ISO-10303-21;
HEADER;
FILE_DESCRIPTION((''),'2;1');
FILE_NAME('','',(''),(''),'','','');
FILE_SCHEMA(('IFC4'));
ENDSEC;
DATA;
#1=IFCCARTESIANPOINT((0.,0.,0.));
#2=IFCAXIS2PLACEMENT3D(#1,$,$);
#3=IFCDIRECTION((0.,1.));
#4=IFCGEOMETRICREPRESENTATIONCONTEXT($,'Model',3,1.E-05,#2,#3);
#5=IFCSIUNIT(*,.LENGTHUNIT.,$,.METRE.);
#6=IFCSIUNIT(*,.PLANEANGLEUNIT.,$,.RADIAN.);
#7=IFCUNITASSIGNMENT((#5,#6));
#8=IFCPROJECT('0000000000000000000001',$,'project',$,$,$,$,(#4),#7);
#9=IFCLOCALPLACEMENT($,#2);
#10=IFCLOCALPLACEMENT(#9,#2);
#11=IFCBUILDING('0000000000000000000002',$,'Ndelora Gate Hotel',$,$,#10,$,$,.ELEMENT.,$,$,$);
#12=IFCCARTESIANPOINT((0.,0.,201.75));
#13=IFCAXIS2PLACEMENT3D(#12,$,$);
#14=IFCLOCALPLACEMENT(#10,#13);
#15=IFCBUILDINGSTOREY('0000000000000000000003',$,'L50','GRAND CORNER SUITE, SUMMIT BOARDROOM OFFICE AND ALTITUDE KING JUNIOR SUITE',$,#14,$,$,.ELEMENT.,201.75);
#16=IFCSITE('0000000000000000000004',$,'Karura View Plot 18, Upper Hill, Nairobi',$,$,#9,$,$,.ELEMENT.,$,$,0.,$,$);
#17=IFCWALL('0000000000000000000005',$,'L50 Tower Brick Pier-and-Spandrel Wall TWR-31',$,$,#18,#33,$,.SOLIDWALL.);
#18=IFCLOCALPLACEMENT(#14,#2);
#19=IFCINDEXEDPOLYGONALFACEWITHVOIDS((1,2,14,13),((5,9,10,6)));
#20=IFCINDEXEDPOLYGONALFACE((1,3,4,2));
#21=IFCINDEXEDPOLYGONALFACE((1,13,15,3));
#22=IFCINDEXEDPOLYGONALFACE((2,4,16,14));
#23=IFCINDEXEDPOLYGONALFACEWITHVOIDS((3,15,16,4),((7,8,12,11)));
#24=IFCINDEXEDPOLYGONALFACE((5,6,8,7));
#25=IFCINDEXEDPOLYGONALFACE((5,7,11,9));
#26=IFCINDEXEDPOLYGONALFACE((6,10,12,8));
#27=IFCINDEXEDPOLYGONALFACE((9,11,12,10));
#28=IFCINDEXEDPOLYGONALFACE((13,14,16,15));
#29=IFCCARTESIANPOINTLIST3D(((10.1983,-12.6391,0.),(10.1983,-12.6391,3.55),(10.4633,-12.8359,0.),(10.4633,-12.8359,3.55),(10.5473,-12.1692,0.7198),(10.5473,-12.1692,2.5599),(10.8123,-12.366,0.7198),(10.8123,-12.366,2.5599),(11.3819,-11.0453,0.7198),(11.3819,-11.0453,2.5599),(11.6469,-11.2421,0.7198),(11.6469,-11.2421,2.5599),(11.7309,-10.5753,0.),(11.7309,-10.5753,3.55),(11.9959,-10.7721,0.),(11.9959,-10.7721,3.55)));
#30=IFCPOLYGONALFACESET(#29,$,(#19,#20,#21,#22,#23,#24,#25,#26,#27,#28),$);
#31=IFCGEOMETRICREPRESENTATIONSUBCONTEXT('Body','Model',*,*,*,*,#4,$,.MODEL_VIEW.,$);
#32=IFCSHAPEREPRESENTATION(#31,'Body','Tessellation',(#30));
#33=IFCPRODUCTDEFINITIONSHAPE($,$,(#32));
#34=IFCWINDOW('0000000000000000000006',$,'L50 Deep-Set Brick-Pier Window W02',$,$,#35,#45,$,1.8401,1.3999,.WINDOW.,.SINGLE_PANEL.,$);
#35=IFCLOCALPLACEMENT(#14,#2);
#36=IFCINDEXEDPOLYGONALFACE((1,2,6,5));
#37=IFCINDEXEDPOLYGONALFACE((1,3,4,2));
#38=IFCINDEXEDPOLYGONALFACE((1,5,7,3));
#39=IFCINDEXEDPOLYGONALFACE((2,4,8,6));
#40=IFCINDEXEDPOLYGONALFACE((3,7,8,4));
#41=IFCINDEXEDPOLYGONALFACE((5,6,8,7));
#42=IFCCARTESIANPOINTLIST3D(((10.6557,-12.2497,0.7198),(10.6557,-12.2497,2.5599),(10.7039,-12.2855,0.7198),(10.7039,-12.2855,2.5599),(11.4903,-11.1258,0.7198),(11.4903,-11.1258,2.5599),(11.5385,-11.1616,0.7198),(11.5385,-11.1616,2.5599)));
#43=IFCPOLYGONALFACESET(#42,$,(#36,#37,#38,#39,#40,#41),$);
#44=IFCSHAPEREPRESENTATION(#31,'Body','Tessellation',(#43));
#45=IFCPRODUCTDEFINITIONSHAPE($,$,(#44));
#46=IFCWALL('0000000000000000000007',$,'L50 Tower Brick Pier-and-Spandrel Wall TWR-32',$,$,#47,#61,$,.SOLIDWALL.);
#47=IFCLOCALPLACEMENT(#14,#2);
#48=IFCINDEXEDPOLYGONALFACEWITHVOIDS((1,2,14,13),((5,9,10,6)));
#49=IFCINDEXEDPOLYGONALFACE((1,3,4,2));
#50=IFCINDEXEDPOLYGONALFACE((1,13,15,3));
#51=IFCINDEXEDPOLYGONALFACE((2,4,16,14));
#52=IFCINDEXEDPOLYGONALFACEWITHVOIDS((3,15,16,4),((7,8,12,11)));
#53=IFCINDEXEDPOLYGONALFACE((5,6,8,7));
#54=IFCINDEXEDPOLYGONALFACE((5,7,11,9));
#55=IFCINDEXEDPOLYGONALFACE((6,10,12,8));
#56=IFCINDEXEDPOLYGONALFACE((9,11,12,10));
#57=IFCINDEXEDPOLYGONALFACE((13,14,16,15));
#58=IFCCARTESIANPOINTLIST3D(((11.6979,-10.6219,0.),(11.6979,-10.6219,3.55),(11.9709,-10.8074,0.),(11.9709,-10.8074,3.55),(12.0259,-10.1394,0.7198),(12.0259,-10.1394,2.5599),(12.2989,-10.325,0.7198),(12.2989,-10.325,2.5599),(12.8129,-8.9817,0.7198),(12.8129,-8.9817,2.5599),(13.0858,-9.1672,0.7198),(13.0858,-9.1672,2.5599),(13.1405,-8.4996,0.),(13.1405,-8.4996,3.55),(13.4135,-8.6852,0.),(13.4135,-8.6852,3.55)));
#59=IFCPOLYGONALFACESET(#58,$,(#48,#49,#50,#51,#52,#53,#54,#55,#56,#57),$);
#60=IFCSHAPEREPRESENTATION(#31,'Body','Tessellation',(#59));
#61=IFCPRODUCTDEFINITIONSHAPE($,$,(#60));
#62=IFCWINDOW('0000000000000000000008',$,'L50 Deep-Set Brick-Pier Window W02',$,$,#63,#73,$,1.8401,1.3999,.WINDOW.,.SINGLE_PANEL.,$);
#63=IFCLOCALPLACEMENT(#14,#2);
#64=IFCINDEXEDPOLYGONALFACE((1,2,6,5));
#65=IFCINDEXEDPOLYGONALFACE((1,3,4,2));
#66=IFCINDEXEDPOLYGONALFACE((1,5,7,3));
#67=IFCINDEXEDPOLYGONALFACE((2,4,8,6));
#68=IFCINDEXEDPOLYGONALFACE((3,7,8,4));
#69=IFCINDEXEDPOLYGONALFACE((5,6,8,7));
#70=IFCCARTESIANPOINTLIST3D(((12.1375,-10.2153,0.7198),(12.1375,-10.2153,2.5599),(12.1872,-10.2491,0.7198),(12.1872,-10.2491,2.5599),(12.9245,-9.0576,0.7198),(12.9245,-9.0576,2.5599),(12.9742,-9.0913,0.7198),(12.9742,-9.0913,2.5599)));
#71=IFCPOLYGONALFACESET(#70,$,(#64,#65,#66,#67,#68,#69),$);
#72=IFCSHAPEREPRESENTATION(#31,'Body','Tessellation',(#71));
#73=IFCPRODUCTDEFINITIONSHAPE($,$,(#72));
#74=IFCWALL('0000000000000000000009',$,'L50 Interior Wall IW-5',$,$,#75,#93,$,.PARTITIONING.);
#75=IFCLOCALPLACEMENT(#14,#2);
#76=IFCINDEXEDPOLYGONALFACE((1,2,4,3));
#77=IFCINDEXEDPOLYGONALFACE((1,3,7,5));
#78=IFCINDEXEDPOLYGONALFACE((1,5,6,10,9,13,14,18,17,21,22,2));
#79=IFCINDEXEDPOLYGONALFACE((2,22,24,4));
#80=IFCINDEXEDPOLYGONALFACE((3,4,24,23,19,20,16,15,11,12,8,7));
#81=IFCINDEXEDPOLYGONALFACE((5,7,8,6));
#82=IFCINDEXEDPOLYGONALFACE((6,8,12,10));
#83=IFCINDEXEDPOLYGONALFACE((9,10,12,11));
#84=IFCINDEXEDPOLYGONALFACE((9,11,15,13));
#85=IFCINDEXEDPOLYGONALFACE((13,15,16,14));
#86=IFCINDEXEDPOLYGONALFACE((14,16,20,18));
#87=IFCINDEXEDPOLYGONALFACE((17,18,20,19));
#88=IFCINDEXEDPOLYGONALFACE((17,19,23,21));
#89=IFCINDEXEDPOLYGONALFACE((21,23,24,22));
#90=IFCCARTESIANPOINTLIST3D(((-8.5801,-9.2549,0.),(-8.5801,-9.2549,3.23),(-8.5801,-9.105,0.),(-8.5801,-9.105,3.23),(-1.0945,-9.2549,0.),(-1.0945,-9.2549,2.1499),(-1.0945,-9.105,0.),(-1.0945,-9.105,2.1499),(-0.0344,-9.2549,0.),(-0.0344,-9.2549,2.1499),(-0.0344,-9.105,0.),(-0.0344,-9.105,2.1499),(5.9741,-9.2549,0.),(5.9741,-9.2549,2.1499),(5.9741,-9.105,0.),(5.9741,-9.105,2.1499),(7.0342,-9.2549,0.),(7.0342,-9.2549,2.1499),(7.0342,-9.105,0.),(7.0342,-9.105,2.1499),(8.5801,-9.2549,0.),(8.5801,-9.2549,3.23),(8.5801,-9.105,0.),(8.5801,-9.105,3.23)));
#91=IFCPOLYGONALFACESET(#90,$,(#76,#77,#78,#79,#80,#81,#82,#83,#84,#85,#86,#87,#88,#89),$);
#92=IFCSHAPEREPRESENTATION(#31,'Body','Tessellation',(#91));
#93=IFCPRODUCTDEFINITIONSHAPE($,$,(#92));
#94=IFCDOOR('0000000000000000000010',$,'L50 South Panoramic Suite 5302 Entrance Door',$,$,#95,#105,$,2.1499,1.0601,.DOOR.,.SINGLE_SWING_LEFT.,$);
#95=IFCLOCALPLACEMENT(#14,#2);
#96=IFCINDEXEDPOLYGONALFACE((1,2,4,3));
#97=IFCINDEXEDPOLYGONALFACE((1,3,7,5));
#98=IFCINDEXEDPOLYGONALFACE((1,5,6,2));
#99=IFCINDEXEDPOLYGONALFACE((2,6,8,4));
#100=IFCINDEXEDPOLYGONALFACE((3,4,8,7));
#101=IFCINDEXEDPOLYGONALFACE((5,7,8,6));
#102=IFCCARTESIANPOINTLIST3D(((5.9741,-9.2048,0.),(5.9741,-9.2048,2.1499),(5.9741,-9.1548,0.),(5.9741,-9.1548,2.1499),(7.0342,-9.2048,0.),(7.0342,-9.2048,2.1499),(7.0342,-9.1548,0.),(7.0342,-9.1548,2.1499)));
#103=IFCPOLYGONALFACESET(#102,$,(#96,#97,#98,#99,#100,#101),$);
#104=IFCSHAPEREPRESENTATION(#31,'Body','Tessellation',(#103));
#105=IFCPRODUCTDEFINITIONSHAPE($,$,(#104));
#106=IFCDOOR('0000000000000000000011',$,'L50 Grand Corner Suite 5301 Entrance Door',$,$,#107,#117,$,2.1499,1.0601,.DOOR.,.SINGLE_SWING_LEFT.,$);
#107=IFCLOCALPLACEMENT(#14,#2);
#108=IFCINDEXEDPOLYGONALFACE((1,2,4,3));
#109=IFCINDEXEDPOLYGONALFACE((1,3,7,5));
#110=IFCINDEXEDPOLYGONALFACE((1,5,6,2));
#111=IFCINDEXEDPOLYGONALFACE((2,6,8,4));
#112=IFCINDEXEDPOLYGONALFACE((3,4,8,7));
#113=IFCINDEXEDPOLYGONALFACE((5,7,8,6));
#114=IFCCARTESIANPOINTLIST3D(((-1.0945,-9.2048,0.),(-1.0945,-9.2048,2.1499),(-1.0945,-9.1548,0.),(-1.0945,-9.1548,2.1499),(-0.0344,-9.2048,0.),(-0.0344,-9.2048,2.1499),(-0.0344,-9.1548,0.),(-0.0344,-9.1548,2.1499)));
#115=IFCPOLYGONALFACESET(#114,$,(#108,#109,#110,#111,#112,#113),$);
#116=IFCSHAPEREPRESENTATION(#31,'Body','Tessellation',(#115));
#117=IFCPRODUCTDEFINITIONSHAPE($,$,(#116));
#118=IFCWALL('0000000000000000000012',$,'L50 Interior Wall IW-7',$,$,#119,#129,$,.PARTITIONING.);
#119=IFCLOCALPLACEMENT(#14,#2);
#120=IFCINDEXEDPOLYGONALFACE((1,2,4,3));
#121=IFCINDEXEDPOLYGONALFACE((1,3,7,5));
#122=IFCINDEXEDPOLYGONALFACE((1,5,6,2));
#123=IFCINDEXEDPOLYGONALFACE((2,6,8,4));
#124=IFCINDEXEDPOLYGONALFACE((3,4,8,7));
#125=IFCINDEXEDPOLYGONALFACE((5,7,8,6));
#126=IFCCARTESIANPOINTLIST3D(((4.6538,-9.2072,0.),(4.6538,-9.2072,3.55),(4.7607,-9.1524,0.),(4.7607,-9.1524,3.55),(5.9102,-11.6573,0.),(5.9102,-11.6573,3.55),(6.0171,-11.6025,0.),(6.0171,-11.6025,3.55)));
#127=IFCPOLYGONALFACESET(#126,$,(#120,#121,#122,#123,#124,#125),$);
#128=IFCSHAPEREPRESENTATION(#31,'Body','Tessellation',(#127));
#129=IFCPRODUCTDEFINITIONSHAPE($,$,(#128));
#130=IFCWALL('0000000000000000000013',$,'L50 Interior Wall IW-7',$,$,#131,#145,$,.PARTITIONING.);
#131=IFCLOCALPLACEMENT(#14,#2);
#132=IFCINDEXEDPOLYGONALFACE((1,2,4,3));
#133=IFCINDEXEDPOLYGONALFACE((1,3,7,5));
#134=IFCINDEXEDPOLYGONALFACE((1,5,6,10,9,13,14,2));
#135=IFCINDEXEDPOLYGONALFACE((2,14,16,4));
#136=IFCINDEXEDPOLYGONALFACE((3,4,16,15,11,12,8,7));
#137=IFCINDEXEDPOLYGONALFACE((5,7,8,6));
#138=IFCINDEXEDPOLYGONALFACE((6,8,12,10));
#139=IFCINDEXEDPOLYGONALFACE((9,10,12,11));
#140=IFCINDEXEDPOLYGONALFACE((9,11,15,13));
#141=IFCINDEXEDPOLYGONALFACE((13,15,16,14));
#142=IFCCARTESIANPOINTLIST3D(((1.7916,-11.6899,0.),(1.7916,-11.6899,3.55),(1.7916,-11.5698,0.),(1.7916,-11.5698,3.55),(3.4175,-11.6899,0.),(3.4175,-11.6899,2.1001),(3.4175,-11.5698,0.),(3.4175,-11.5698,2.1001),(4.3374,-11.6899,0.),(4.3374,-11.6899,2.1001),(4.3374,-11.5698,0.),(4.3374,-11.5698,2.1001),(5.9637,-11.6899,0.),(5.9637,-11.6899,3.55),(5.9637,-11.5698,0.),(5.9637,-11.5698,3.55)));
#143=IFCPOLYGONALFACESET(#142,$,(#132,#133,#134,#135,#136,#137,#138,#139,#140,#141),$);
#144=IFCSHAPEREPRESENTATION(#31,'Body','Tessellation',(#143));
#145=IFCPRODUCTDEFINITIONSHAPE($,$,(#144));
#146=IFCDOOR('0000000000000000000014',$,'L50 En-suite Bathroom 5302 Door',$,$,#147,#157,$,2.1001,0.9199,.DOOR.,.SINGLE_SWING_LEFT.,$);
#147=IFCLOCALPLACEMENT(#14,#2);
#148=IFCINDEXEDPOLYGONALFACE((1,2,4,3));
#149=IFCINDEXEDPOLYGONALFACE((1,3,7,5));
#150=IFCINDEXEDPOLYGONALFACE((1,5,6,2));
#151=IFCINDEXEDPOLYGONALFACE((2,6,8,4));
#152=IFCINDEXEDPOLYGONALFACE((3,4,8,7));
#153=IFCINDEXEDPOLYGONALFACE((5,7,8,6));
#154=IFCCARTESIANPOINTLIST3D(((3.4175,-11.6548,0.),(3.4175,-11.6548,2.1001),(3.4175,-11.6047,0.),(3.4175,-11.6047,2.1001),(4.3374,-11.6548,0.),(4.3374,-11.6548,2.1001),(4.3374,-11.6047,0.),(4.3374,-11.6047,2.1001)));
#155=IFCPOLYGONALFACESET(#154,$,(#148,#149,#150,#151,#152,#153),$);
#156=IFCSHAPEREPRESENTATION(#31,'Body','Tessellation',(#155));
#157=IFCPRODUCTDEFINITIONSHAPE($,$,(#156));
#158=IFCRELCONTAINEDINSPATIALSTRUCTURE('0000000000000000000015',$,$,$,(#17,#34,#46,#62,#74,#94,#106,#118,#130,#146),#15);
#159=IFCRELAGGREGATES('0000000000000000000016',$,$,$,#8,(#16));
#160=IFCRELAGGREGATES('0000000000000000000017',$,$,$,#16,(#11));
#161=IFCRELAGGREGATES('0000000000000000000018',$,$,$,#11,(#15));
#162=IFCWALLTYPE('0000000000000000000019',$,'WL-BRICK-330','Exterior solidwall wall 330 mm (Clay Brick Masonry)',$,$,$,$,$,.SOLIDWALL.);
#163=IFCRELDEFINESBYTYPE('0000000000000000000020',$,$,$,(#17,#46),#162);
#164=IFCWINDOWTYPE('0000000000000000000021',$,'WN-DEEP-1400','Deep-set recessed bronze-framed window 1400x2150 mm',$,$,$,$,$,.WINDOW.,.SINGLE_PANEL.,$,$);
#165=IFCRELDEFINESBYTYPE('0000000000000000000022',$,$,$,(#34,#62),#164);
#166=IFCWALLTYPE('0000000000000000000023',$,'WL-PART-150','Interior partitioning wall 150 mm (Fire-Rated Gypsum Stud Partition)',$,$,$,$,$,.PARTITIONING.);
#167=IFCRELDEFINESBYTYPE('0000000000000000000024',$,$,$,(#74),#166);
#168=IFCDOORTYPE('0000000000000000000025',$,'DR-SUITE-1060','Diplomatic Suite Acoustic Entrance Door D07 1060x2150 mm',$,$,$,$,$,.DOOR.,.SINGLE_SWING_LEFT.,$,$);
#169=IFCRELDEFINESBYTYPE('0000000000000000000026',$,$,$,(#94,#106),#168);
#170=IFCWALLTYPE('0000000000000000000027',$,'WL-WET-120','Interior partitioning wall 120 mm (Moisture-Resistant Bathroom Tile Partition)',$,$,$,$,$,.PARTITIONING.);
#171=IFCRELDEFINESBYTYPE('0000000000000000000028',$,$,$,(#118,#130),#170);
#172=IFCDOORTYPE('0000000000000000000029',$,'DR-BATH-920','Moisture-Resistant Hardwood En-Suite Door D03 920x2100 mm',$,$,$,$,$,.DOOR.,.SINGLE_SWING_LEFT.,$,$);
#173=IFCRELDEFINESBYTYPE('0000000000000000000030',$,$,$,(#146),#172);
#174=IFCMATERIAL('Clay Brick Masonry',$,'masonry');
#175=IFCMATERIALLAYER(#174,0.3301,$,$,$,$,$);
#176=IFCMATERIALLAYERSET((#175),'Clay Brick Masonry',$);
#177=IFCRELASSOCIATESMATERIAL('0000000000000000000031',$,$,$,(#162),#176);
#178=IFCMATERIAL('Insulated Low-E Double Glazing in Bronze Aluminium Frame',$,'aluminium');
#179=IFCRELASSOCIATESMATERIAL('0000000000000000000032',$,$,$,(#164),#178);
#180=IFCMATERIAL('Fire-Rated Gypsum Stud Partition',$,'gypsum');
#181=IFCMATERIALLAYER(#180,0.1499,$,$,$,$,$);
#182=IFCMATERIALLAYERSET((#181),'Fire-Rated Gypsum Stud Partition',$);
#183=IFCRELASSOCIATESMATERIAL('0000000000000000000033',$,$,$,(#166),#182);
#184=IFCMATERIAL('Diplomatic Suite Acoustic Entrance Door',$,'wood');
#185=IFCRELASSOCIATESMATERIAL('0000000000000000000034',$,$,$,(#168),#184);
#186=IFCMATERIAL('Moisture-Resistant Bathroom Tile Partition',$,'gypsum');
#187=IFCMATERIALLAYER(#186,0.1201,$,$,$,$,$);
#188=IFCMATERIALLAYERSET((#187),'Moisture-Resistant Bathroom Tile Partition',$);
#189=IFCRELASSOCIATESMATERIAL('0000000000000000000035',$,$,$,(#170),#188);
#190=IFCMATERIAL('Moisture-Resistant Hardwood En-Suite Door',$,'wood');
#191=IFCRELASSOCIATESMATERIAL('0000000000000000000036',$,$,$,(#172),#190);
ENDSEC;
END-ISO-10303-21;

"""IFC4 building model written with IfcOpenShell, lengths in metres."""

from ifc_helpers import new_model, si_unit, direction, frame, frame_2d, origin, place, context, subcontext, project, spatial, rectangle, extrude, material, layer, layer_set, type_object, element, fill, save


model = new_model("IFC4")

# Units and contexts
model_context = context("Model", 3, precision=1e-05, world=origin(), true_north=direction((0.0, 1.0)))
body_context = subcontext(model_context, "Body", "Model", "MODEL_VIEW")
ifc_project = project(units=[si_unit("LENGTHUNIT", "METRE"), si_unit("PLANEANGLEUNIT", "RADIAN")], contexts=[model_context])

# Site, building, storey
site_placement = place(None, origin())
site = spatial("IfcSite", under=ifc_project, at=site_placement, Name="Karura View Plot 18, Upper Hill, Nairobi", CompositionType="ELEMENT", RefElevation=0.0)
building_placement = place(site_placement, origin())
building = spatial("IfcBuilding", under=site, at=building_placement, Name="Ndelora Gate Hotel", CompositionType="ELEMENT")
storey_placement = place(building_placement, frame((0.0, 0.0, 201.75)))
storey = spatial("IfcBuildingStorey", under=building, at=storey_placement, Name="L50", Description="GRAND CORNER SUITE, SUMMIT BOARDROOM OFFICE AND ALTITUDE KING JUNIOR SUITE", CompositionType="ELEMENT", Elevation=201.75)

# Walls, openings, windows
ifc_material_1 = material(Name="Clay Brick Masonry", Category="masonry")
ifc_layer_1 = layer(ifc_material_1, 0.3301)
ifc_layer_set_1 = layer_set([ifc_layer_1], Name="Clay Brick Masonry")
wall_type_1 = type_object("IfcWallType", Name="WL-BRICK-330", Description="Exterior solidwall wall 330 mm (Clay Brick Masonry)", PredefinedType="SOLIDWALL", material=ifc_layer_set_1)
ifc_material_2 = material(Name="Insulated Low-E Double Glazing in Bronze Aluminium Frame", Category="aluminium")
window_type = type_object("IfcWindowType", Name="WN-DEEP-1400", Description="Deep-set recessed bronze-framed window 1400x2150 mm", PartitioningType="SINGLE_PANEL", PredefinedType="WINDOW", material=ifc_material_2)
wall_1_placement = place(storey_placement, frame((11.8633, -10.6738, 0.0), z_axis=(0.0, 0.0, 1.0), x_axis=(-0.596179, -0.802852, 0.0)))
wall_1 = element("IfcWall", 1, at=wall_1_placement, inside=storey, type_object=wall_type_1, Name="L50 Tower Brick Pier-and-Spandrel Wall TWR-31", PredefinedType="SOLIDWALL", context=body_context, shape_type="SweptSolid", body=[
    extrude(rectangle(XDim=2.5706, YDim=0.3301, at=frame_2d((1.2852, 0.0))), origin(), (0.0, 0.0, 1.0), 3.55),
])
opening_1_placement = place(wall_1_placement, frame((0.5852, 0.0, 0.72)))
opening_1 = element("IfcOpeningElement", 2, at=opening_1_placement, cuts=wall_1, PredefinedType="OPENING", context=body_context, shape_type="SweptSolid", body=[
    extrude(rectangle(XDim=1.3999, YDim=1.8401, at=frame_2d((0.7, 0.9199))), frame((0.0, 0.175, 0.0), z_axis=(0.0, -1.0, 0.0), x_axis=(1.0, 0.0, 0.0)), (0.0, 0.0, 1.0), 0.3501),
])
window_1_placement = place(opening_1_placement, origin())
window_1 = element("IfcWindow", 3, at=window_1_placement, inside=storey, type_object=window_type, Name="L50 Deep-Set Brick-Pier Window W02", OverallHeight=1.8401, OverallWidth=1.3999, PartitioningType="SINGLE_PANEL", PredefinedType="WINDOW", context=body_context, shape_type="SweptSolid", body=[
    extrude(rectangle(XDim=1.3999, YDim=1.8401, at=frame_2d((0.7, 0.9199))), frame((0.0, 0.03, 0.0), z_axis=(0.0, -1.0, 0.0), x_axis=(1.0, 0.0, 0.0)), (0.0, 0.0, 1.0), 0.0601),
])
fill(opening_1, window_1)
wall_2_placement = place(storey_placement, frame((13.2771, -8.5923, 0.0), z_axis=(0.0, 0.0, 1.0), x_axis=(-0.562164, -0.827026, 0.0)))
wall_2 = element("IfcWall", 4, at=wall_2_placement, inside=storey, type_object=wall_type_1, Name="L50 Tower Brick Pier-and-Spandrel Wall TWR-32", PredefinedType="SOLIDWALL", context=body_context, shape_type="SweptSolid", body=[
    extrude(rectangle(XDim=2.5662, YDim=0.3301, at=frame_2d((1.2832, 0.0))), origin(), (0.0, 0.0, 1.0), 3.55),
])
opening_2_placement = place(wall_2_placement, frame((0.583, 0.0, 0.72)))
opening_2 = element("IfcOpeningElement", 5, at=opening_2_placement, cuts=wall_2, PredefinedType="OPENING", context=body_context, shape_type="SweptSolid", body=[
    extrude(rectangle(XDim=1.3999, YDim=1.8401, at=frame_2d((0.7, 0.9199))), frame((0.0, 0.175, 0.0), z_axis=(0.0, -1.0, 0.0), x_axis=(1.0, 0.0, 0.0)), (0.0, 0.0, 1.0), 0.3501),
])
window_2_placement = place(opening_2_placement, origin())
window_2 = element("IfcWindow", 6, at=window_2_placement, inside=storey, type_object=window_type, Name="L50 Deep-Set Brick-Pier Window W02", OverallHeight=1.8401, OverallWidth=1.3999, PartitioningType="SINGLE_PANEL", PredefinedType="WINDOW", context=body_context, shape_type="SweptSolid", body=[
    extrude(rectangle(XDim=1.3999, YDim=1.8401, at=frame_2d((0.7, 0.9199))), frame((0.0, 0.03, 0.0), z_axis=(0.0, -1.0, 0.0), x_axis=(1.0, 0.0, 0.0)), (0.0, 0.0, 1.0), 0.0601),
])
fill(opening_2, window_2)

# Wall, openings, doors
ifc_material_3 = material(Name="Fire-Rated Gypsum Stud Partition", Category="gypsum")
ifc_layer_2 = layer(ifc_material_3, 0.1499)
ifc_layer_set_2 = layer_set([ifc_layer_2], Name="Fire-Rated Gypsum Stud Partition")
wall_type_2 = type_object("IfcWallType", Name="WL-PART-150", Description="Interior partitioning wall 150 mm (Fire-Rated Gypsum Stud Partition)", PredefinedType="PARTITIONING", material=ifc_layer_set_2)
wall_3_placement = place(storey_placement, frame((8.5801, -9.1799, 0.0), z_axis=(0.0, 0.0, 1.0), x_axis=(-1.0, 0.0, 0.0)))
wall_3 = element("IfcWall", 7, at=wall_3_placement, inside=storey, type_object=wall_type_2, Name="L50 Interior Wall IW-5", PredefinedType="PARTITIONING", context=body_context, shape_type="SweptSolid", body=[
    extrude(rectangle(XDim=17.1602, YDim=0.1499, at=frame_2d((8.5801, 0.0))), origin(), (0.0, 0.0, 1.0), 3.23),
])
opening_3_placement = place(wall_3_placement, frame((1.5459, 0.0, 0.0)))
opening_3 = element("IfcOpeningElement", 8, at=opening_3_placement, cuts=wall_3, PredefinedType="OPENING", context=body_context, shape_type="SweptSolid", body=[
    extrude(rectangle(XDim=1.0601, YDim=2.1499, at=frame_2d((0.53, 1.075))), frame((0.0, 0.085, 0.0), z_axis=(0.0, -1.0, 0.0), x_axis=(1.0, 0.0, 0.0)), (0.0, 0.0, 1.0), 0.1699),
])
opening_4_placement = place(wall_3_placement, frame((8.6145, 0.0, 0.0)))
opening_4 = element("IfcOpeningElement", 9, at=opening_4_placement, cuts=wall_3, PredefinedType="OPENING", context=body_context, shape_type="SweptSolid", body=[
    extrude(rectangle(XDim=1.0601, YDim=2.1499, at=frame_2d((0.53, 1.075))), frame((0.0, 0.085, 0.0), z_axis=(0.0, -1.0, 0.0), x_axis=(1.0, 0.0, 0.0)), (0.0, 0.0, 1.0), 0.1699),
])
ifc_material_4 = material(Name="Diplomatic Suite Acoustic Entrance Door", Category="wood")
door_type_1 = type_object("IfcDoorType", Name="DR-SUITE-1060", Description="Diplomatic Suite Acoustic Entrance Door D07 1060x2150 mm", OperationType="SINGLE_SWING_LEFT", PredefinedType="DOOR", material=ifc_material_4)
door_1_placement = place(opening_3_placement, origin())
door_1 = element("IfcDoor", 10, at=door_1_placement, inside=storey, type_object=door_type_1, Name="L50 South Panoramic Suite 5302 Entrance Door", OperationType="SINGLE_SWING_LEFT", OverallHeight=2.1499, OverallWidth=1.0601, PredefinedType="DOOR", context=body_context, shape_type="SweptSolid", body=[
    extrude(rectangle(XDim=1.0601, YDim=2.1499, at=frame_2d((0.53, 1.075))), frame((0.0, 0.0249, 0.0), z_axis=(0.0, -1.0, 0.0), x_axis=(1.0, 0.0, 0.0)), (0.0, 0.0, 1.0), 0.05),
])
fill(opening_3, door_1)
door_2_placement = place(opening_4_placement, origin())
door_2 = element("IfcDoor", 11, at=door_2_placement, inside=storey, type_object=door_type_1, Name="L50 Grand Corner Suite 5301 Entrance Door", OperationType="SINGLE_SWING_LEFT", OverallHeight=2.1499, OverallWidth=1.0601, PredefinedType="DOOR", context=body_context, shape_type="SweptSolid", body=[
    extrude(rectangle(XDim=1.0601, YDim=2.1499, at=frame_2d((0.53, 1.075))), frame((0.0, 0.0249, 0.0), z_axis=(0.0, -1.0, 0.0), x_axis=(1.0, 0.0, 0.0)), (0.0, 0.0, 1.0), 0.05),
])
fill(opening_4, door_2)

# Wall
ifc_material_5 = material(Name="Moisture-Resistant Bathroom Tile Partition", Category="gypsum")
ifc_layer_3 = layer(ifc_material_5, 0.1201)
ifc_layer_set_3 = layer_set([ifc_layer_3], Name="Moisture-Resistant Bathroom Tile Partition")
wall_type_3 = type_object("IfcWallType", Name="WL-WET-120", Description="Interior partitioning wall 120 mm (Moisture-Resistant Bathroom Tile Partition)", PredefinedType="PARTITIONING", material=ifc_layer_set_3)
wall_4_placement = place(storey_placement, frame((5.9636, -11.6299, 0.0), z_axis=(0.0, 0.0, 1.0), x_axis=(-0.456306, 0.889823, 0.0)))
element("IfcWall", 12, at=wall_4_placement, inside=storey, type_object=wall_type_3, Name="L50 Interior Wall IW-7", PredefinedType="PARTITIONING", context=body_context, shape_type="SweptSolid", body=[
    extrude(rectangle(XDim=2.7534, YDim=0.1201, at=frame_2d((1.3767, 0.0))), origin(), (0.0, 0.0, 1.0), 3.55),
])

# Wall, opening, door
wall_5_placement = place(storey_placement, frame((5.9636, -11.6299, 0.0), z_axis=(0.0, 0.0, 1.0), x_axis=(-1.0, 0.0, 0.0)))
wall_5 = element("IfcWall", 13, at=wall_5_placement, inside=storey, type_object=wall_type_3, Name="L50 Interior Wall IW-7", PredefinedType="PARTITIONING", context=body_context, shape_type="SweptSolid", body=[
    extrude(rectangle(XDim=4.1721, YDim=0.1201, at=frame_2d((2.0859, 0.0))), origin(), (0.0, 0.0, 1.0), 3.55),
])
opening_5_placement = place(wall_5_placement, frame((1.6262, 0.0, 0.0)))
opening_5 = element("IfcOpeningElement", 14, at=opening_5_placement, cuts=wall_5, PredefinedType="OPENING", context=body_context, shape_type="SweptSolid", body=[
    extrude(rectangle(XDim=0.9199, YDim=2.1001, at=frame_2d((0.46, 1.05))), frame((0.0, 0.0701, 0.0), z_axis=(0.0, -1.0, 0.0), x_axis=(1.0, 0.0, 0.0)), (0.0, 0.0, 1.0), 0.1401),
])
ifc_material_6 = material(Name="Moisture-Resistant Hardwood En-Suite Door", Category="wood")
door_type_2 = type_object("IfcDoorType", Name="DR-BATH-920", Description="Moisture-Resistant Hardwood En-Suite Door D03 920x2100 mm", OperationType="SINGLE_SWING_LEFT", PredefinedType="DOOR", material=ifc_material_6)
door_3_placement = place(opening_5_placement, origin())
door_3 = element("IfcDoor", 15, at=door_3_placement, inside=storey, type_object=door_type_2, Name="L50 En-suite Bathroom 5302 Door", OperationType="SINGLE_SWING_LEFT", OverallHeight=2.1001, OverallWidth=0.9199, PredefinedType="DOOR", context=body_context, shape_type="SweptSolid", body=[
    extrude(rectangle(XDim=0.9199, YDim=2.1001, at=frame_2d((0.46, 1.05))), frame((0.0, 0.0249, 0.0), z_axis=(0.0, -1.0, 0.0), x_axis=(1.0, 0.0, 0.0)), (0.0, 0.0, 1.0), 0.05),
])
fill(opening_5, door_3)

save(model, "model.ifc")
